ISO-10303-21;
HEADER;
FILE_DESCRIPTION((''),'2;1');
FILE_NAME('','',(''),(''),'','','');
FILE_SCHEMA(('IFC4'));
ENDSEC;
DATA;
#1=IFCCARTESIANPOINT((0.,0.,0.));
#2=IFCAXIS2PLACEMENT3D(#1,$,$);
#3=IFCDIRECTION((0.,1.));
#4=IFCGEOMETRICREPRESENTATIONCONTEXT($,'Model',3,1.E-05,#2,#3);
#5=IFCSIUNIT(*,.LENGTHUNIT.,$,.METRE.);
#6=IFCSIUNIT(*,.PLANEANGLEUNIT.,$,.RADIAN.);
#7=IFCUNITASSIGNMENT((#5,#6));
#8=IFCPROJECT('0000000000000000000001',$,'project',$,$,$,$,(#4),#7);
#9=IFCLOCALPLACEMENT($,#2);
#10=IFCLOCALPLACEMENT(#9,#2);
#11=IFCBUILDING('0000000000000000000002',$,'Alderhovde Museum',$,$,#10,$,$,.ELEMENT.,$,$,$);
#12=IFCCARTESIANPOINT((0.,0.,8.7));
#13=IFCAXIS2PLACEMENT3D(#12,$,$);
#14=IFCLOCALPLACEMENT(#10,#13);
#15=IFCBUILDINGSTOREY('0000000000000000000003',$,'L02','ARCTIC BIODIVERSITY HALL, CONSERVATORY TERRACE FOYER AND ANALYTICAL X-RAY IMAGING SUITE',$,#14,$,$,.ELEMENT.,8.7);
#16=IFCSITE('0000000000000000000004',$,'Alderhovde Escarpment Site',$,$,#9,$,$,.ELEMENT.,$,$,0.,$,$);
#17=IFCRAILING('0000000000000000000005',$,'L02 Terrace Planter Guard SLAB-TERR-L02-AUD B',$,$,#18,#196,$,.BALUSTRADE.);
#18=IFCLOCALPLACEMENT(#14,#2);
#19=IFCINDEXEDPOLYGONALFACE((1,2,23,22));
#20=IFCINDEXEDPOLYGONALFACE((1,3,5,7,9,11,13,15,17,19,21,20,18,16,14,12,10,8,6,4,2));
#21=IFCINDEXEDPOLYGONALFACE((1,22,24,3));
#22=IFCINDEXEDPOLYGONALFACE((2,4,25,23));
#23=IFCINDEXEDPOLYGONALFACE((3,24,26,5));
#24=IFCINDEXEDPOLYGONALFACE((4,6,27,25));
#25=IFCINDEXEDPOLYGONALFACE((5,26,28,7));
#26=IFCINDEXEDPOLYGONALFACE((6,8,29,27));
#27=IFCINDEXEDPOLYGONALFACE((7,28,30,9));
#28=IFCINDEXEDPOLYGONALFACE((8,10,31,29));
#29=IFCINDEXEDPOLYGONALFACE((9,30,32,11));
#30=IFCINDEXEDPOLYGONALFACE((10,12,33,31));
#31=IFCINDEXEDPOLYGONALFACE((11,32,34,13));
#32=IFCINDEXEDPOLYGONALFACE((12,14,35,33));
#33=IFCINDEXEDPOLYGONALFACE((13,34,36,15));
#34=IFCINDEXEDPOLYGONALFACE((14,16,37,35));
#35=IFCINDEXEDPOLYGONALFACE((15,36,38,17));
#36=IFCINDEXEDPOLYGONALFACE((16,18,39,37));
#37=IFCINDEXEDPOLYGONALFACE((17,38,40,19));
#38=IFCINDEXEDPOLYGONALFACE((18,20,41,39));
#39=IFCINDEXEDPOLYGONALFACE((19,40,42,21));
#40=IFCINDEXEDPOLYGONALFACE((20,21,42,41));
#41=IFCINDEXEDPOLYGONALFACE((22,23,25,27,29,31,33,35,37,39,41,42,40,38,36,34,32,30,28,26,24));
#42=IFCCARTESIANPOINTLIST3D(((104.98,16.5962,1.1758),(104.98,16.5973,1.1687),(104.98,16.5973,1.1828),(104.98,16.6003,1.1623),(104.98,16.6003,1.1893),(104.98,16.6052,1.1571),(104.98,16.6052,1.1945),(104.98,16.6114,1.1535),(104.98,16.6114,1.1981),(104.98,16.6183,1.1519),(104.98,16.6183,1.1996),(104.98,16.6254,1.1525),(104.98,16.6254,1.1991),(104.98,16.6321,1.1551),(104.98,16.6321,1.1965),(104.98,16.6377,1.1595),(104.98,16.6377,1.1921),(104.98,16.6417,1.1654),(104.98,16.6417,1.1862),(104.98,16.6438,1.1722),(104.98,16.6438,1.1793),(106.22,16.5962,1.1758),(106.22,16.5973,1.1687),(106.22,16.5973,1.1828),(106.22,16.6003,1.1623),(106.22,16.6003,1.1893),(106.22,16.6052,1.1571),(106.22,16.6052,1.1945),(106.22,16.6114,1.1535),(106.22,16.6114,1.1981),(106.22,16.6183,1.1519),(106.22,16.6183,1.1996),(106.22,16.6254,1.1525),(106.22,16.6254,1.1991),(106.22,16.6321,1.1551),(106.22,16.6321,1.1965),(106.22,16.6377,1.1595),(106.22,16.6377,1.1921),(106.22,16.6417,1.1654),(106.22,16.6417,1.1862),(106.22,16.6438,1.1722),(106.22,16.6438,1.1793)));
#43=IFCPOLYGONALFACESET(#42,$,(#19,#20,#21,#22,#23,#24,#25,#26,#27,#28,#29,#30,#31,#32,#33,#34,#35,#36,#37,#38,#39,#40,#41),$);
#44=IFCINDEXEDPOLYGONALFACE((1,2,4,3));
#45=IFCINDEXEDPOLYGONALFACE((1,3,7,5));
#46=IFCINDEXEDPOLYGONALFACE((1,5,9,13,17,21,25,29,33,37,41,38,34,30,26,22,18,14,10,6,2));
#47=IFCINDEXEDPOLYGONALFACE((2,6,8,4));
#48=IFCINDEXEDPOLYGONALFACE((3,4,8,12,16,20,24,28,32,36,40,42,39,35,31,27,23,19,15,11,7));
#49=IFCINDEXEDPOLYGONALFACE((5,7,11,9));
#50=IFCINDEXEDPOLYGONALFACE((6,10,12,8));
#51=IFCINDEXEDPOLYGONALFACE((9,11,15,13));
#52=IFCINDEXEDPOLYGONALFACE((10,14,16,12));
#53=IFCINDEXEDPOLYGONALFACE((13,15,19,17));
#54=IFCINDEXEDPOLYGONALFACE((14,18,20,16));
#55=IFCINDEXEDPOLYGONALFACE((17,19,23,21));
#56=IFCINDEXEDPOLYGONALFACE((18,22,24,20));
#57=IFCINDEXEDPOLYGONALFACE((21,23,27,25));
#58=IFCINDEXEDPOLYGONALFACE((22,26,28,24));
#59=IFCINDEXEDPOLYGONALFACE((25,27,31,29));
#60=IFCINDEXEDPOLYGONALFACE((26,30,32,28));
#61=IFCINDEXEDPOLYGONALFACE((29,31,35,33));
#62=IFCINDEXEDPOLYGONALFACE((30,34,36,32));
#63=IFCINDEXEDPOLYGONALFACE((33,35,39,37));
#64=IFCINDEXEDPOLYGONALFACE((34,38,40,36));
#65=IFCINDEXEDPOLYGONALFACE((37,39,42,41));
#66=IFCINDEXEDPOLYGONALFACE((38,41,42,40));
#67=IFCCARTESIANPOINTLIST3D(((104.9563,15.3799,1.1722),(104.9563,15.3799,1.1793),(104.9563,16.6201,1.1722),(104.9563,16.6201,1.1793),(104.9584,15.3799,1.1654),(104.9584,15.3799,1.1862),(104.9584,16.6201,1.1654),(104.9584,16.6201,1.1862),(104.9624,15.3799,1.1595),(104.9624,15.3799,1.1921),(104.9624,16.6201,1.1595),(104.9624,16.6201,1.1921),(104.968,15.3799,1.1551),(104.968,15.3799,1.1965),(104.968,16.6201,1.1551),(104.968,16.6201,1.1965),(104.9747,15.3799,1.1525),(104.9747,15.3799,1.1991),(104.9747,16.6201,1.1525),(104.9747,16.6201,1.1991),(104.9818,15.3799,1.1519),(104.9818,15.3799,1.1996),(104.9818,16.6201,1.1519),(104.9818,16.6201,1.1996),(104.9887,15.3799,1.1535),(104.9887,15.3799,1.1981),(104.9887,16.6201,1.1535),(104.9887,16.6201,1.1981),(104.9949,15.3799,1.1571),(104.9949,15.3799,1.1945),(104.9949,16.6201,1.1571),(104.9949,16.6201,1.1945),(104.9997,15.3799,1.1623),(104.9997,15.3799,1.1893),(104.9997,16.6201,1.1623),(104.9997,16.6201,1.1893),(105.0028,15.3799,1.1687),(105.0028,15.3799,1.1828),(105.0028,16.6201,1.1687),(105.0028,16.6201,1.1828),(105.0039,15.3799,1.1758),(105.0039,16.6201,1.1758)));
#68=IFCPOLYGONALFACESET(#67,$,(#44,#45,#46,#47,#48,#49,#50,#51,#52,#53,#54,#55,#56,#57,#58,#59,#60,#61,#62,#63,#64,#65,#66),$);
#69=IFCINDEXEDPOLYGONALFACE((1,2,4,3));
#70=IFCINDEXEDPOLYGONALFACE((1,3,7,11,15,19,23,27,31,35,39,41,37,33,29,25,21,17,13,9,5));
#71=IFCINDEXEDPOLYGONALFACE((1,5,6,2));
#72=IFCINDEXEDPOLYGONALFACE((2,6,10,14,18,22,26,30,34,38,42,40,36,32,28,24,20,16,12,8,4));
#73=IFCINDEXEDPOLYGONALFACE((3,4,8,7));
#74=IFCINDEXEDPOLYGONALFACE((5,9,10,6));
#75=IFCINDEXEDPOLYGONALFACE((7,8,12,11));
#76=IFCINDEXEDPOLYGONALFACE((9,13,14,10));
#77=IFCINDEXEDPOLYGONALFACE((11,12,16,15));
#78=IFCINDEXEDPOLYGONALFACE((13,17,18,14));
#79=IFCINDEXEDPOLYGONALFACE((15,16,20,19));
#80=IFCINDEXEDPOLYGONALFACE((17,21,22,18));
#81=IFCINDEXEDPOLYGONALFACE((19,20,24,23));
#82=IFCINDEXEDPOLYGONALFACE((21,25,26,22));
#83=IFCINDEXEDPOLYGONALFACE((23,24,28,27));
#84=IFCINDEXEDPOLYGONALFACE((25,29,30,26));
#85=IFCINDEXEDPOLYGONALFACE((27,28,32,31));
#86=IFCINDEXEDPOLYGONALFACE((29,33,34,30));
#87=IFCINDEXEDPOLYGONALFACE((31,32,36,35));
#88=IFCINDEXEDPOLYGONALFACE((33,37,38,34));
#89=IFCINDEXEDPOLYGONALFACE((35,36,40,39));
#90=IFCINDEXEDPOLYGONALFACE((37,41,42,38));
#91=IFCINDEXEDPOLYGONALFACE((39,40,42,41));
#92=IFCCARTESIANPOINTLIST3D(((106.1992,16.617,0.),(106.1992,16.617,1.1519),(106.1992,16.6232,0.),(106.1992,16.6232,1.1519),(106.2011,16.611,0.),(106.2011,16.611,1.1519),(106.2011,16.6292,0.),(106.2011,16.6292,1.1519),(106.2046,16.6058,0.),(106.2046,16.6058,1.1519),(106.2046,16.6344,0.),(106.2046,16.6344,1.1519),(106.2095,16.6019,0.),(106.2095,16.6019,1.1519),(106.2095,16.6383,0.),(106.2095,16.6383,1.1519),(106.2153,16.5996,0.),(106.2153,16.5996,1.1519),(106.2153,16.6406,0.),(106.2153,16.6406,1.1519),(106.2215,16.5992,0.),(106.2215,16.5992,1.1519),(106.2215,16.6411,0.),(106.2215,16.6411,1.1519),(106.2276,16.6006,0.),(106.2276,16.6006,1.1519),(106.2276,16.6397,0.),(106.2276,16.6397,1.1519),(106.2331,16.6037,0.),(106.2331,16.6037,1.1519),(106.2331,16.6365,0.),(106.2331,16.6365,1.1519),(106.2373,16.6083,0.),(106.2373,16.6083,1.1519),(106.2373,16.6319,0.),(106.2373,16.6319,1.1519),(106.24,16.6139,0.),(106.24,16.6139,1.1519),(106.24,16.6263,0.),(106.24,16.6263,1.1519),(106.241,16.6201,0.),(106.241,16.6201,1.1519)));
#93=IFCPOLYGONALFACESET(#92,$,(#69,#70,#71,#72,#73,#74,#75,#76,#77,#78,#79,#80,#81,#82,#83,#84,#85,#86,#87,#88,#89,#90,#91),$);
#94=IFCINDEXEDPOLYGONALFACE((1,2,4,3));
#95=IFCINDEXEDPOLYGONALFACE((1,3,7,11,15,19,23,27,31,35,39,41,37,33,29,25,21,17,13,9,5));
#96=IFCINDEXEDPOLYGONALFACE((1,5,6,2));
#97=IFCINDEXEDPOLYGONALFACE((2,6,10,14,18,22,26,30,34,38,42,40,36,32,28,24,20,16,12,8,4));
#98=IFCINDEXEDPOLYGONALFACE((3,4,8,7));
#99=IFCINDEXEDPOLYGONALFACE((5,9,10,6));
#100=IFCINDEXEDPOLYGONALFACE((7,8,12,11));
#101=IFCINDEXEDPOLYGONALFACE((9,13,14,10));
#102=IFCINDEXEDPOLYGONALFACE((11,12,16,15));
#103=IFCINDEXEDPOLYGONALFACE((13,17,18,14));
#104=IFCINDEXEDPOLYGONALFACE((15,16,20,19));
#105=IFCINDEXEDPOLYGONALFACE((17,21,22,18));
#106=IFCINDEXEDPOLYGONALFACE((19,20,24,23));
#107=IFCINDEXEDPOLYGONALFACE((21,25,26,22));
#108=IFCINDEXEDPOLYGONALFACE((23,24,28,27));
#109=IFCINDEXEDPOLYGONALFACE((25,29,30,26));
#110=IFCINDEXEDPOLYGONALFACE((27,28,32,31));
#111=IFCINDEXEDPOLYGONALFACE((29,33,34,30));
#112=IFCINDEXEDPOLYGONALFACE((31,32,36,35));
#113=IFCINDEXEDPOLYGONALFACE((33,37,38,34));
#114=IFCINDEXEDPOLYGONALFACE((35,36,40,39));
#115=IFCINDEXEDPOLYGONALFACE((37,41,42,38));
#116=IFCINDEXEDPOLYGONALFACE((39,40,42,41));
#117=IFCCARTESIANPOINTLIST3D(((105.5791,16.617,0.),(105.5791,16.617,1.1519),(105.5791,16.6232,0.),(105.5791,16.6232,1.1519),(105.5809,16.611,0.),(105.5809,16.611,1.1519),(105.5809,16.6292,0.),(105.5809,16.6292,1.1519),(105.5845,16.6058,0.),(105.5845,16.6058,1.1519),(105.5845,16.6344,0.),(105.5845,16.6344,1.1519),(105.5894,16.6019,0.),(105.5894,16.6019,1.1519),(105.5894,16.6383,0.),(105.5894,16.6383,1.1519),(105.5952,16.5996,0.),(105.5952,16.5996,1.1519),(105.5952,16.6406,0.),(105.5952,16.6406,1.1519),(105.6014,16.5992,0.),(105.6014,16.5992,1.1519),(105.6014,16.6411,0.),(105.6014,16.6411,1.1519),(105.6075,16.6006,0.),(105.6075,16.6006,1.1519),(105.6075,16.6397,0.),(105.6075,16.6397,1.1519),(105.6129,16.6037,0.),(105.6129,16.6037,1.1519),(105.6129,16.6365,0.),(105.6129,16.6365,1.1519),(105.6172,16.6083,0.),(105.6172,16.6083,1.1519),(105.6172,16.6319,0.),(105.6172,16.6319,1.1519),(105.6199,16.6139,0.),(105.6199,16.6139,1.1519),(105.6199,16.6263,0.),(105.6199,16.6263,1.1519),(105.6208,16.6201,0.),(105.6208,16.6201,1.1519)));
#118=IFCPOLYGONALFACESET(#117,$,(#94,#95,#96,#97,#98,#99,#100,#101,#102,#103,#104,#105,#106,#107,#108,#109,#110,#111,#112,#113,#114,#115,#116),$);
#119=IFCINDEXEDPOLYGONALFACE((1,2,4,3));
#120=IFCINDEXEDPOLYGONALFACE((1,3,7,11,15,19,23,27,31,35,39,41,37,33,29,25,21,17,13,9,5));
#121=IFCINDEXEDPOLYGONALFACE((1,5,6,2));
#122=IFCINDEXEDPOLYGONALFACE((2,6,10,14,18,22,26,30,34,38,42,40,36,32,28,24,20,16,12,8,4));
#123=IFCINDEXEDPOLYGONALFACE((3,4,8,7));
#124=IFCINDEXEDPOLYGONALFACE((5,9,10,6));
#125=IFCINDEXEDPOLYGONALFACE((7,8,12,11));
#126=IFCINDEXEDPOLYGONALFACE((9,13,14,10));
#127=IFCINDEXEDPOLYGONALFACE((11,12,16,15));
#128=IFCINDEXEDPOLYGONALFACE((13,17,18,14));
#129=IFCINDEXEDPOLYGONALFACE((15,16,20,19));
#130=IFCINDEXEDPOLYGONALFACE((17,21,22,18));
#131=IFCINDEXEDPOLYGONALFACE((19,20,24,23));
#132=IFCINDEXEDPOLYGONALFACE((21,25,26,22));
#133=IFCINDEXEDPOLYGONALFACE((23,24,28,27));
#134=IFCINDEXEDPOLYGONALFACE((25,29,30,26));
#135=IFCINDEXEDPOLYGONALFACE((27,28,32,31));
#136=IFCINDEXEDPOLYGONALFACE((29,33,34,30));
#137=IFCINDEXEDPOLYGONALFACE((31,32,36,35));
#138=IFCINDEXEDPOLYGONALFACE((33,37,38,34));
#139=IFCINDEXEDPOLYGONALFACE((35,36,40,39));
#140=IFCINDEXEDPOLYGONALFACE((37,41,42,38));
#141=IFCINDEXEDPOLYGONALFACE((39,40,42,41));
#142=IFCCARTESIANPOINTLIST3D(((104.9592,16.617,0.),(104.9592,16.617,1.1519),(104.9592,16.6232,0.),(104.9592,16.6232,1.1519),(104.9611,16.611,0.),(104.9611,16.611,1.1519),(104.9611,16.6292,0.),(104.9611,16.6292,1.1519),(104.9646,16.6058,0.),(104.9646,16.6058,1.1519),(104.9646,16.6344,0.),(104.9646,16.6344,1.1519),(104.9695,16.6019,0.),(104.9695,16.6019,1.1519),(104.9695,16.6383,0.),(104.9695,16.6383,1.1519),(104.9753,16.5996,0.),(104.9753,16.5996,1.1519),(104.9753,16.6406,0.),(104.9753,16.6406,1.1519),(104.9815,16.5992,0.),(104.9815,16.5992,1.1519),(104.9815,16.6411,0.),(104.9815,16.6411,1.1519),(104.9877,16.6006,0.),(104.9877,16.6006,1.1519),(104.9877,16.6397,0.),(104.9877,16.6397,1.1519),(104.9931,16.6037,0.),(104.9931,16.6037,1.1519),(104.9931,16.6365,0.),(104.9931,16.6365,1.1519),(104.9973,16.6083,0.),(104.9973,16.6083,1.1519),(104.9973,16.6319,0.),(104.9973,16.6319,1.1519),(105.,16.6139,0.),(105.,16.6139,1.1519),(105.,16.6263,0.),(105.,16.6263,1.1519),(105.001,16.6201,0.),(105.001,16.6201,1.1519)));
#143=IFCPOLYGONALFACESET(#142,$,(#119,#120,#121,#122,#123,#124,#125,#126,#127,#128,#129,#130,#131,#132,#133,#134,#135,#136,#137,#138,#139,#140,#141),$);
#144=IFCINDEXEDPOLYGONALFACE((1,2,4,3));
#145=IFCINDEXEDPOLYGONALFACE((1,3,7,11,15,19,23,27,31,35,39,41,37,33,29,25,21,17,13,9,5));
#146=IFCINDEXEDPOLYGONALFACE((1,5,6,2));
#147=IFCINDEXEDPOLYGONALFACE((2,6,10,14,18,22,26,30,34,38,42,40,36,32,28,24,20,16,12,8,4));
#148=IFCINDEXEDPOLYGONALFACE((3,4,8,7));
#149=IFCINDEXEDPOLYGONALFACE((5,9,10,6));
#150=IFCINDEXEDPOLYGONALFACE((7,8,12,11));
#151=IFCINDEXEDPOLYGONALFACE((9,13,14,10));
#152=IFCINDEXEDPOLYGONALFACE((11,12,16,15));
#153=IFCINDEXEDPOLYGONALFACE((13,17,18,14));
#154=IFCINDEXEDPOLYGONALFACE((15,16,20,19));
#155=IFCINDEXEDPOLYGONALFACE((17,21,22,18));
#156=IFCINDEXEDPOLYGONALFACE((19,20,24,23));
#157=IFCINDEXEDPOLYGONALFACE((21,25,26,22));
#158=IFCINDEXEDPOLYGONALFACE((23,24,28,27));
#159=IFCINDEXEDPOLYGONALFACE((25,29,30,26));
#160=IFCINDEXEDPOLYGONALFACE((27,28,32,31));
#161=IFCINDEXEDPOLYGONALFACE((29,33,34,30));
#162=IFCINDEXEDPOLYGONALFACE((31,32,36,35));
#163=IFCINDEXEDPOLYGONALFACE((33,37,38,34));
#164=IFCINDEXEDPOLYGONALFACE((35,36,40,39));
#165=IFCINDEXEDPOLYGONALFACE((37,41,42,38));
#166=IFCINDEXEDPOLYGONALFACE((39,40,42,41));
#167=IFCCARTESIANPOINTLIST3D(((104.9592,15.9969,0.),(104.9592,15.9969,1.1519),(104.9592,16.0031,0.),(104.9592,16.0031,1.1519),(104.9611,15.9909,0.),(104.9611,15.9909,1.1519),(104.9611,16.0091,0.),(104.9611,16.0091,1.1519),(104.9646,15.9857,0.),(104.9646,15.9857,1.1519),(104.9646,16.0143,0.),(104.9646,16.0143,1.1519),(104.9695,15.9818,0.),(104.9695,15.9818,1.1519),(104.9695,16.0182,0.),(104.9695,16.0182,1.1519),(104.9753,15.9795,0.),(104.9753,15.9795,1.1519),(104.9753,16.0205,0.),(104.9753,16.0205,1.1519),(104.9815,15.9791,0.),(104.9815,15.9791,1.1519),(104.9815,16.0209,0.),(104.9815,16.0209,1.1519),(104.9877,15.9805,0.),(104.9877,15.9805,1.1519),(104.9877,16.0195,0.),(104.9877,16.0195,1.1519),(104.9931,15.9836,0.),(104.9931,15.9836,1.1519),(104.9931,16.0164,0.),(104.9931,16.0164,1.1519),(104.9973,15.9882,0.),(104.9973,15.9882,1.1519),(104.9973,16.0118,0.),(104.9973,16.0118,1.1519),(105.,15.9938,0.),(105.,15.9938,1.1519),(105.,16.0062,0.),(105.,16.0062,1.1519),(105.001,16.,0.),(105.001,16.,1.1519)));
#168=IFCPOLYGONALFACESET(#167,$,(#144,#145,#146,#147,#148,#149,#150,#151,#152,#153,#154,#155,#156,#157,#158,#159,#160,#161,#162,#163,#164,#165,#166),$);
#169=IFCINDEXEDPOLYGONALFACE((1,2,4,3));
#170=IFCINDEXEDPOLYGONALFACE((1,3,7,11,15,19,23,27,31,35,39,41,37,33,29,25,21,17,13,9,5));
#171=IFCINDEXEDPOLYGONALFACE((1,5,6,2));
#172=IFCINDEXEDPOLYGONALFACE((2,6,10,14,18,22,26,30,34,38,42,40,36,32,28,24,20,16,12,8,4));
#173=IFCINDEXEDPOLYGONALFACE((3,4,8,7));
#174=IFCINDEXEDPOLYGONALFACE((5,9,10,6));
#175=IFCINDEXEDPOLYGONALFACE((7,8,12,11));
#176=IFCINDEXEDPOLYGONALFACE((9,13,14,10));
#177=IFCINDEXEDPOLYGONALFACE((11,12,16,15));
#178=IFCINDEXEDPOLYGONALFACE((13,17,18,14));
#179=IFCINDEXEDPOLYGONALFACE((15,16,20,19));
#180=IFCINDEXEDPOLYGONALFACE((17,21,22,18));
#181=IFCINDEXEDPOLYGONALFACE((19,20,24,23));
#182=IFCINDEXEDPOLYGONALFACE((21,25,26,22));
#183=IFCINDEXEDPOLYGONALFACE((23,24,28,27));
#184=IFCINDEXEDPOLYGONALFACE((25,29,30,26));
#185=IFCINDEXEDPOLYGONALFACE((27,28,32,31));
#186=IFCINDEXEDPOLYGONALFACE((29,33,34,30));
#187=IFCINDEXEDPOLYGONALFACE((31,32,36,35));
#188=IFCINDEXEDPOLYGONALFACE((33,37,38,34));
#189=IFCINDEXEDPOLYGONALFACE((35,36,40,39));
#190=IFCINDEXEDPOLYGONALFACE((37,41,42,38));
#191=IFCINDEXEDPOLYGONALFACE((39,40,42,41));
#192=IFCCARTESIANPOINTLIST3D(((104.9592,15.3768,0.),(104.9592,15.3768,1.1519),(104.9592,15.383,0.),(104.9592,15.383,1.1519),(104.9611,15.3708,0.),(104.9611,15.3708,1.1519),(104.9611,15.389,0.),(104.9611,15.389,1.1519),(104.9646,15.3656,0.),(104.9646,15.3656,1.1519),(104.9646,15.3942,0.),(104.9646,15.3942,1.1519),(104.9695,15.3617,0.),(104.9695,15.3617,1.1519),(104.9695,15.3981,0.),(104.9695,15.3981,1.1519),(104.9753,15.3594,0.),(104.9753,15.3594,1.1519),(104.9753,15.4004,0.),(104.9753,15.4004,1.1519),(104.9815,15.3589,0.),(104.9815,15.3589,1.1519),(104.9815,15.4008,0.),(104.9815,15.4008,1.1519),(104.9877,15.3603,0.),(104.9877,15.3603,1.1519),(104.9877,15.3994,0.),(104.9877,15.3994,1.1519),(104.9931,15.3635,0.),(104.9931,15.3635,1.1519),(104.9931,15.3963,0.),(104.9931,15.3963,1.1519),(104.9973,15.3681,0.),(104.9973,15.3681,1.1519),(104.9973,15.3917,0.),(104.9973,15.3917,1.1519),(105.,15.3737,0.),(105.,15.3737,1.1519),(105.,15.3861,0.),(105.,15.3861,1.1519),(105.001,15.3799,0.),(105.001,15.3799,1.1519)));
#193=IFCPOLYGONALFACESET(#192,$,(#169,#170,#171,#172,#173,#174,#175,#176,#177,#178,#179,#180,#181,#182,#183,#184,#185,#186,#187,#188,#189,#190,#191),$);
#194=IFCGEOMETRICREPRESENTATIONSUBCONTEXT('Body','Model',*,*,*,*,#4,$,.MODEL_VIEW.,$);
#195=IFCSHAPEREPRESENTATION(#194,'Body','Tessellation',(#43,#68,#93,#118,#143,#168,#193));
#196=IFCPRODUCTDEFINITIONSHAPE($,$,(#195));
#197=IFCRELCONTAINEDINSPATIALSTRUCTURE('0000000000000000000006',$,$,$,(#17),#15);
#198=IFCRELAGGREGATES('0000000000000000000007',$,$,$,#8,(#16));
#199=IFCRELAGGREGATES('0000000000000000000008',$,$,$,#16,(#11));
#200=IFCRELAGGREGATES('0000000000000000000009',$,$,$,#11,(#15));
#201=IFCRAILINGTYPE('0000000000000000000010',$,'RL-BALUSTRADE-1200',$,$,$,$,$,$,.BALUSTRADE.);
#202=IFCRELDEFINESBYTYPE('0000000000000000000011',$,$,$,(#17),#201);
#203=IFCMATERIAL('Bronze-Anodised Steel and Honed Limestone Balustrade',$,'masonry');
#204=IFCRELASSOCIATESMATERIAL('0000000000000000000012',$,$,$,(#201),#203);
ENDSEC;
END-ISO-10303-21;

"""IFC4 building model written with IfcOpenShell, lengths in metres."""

from ifc_helpers import new_model, si_unit, direction, frame, origin, origin_2d, place, context, subcontext, project, spatial, circle, extrude, material, type_object, element, save


model = new_model("IFC4")

# Units and contexts
model_context = context("Model", 3, precision=1e-05, world=origin(), true_north=direction((0.0, 1.0)))
body_context = subcontext(model_context, "Body", "Model", "MODEL_VIEW")
ifc_project = project(units=[si_unit("LENGTHUNIT", "METRE"), si_unit("PLANEANGLEUNIT", "RADIAN")], contexts=[model_context])

# Site, building, storey
site_placement = place(None, origin())
site = spatial("IfcSite", under=ifc_project, at=site_placement, Name="Alderhovde Escarpment Site", CompositionType="ELEMENT", RefElevation=0.0)
building_placement = place(site_placement, origin())
building = spatial("IfcBuilding", under=site, at=building_placement, Name="Alderhovde Museum", CompositionType="ELEMENT")
storey_placement = place(building_placement, frame((0.0, 0.0, 8.7)))
storey = spatial("IfcBuildingStorey", under=building, at=storey_placement, Name="L02", Description="ARCTIC BIODIVERSITY HALL, CONSERVATORY TERRACE FOYER AND ANALYTICAL X-RAY IMAGING SUITE", CompositionType="ELEMENT", Elevation=8.7)

# Railing
ifc_material_1 = material(Name="Bronze-Anodised Steel and Honed Limestone Balustrade", Category="masonry")
railing_type = type_object("IfcRailingType", Name="RL-BALUSTRADE-1200", PredefinedType="BALUSTRADE", material=ifc_material_1)
railing_1_placement = place(storey_placement, frame((106.22, 16.6201, 0.0)))
element("IfcRailing", 1, at=railing_1_placement, inside=storey, type_object=railing_type, Name="L02 Terrace Planter Guard SLAB-TERR-L02-AUD B", PredefinedType="BALUSTRADE", context=body_context, shape_type="SweptSolid", body=[
    extrude(circle(Radius=0.0239, at=origin_2d()), frame((0.0, 0.0, 1.1758), z_axis=(-1.0, 0.0, 0.0), x_axis=(0.0, -1.0, 0.0)), (0.0, 0.0, 1.0), 1.24),
    extrude(circle(Radius=0.0239, at=origin_2d()), frame((-1.24, 0.0, 1.1758), z_axis=(0.0, -1.0, 0.0), x_axis=(1.0, 0.0, 0.0)), (0.0, 0.0, 1.0), 1.2402),
    extrude(circle(Radius=0.021, at=origin_2d()), origin(), (0.0, 0.0, 1.0), 1.1519),
    extrude(circle(Radius=0.021, at=origin_2d()), frame((-0.6201, 0.0, 0.0)), (0.0, 0.0, 1.0), 1.1519),
    extrude(circle(Radius=0.021, at=origin_2d()), frame((-1.24, 0.0, 0.0)), (0.0, 0.0, 1.0), 1.1519),
    extrude(circle(Radius=0.021, at=origin_2d()), frame((-1.24, -0.6201, 0.0)), (0.0, 0.0, 1.0), 1.1519),
    extrude(circle(Radius=0.021, at=origin_2d()), frame((-1.24, -1.2402, 0.0)), (0.0, 0.0, 1.0), 1.1519),
])

save(model, "model.ifc")
